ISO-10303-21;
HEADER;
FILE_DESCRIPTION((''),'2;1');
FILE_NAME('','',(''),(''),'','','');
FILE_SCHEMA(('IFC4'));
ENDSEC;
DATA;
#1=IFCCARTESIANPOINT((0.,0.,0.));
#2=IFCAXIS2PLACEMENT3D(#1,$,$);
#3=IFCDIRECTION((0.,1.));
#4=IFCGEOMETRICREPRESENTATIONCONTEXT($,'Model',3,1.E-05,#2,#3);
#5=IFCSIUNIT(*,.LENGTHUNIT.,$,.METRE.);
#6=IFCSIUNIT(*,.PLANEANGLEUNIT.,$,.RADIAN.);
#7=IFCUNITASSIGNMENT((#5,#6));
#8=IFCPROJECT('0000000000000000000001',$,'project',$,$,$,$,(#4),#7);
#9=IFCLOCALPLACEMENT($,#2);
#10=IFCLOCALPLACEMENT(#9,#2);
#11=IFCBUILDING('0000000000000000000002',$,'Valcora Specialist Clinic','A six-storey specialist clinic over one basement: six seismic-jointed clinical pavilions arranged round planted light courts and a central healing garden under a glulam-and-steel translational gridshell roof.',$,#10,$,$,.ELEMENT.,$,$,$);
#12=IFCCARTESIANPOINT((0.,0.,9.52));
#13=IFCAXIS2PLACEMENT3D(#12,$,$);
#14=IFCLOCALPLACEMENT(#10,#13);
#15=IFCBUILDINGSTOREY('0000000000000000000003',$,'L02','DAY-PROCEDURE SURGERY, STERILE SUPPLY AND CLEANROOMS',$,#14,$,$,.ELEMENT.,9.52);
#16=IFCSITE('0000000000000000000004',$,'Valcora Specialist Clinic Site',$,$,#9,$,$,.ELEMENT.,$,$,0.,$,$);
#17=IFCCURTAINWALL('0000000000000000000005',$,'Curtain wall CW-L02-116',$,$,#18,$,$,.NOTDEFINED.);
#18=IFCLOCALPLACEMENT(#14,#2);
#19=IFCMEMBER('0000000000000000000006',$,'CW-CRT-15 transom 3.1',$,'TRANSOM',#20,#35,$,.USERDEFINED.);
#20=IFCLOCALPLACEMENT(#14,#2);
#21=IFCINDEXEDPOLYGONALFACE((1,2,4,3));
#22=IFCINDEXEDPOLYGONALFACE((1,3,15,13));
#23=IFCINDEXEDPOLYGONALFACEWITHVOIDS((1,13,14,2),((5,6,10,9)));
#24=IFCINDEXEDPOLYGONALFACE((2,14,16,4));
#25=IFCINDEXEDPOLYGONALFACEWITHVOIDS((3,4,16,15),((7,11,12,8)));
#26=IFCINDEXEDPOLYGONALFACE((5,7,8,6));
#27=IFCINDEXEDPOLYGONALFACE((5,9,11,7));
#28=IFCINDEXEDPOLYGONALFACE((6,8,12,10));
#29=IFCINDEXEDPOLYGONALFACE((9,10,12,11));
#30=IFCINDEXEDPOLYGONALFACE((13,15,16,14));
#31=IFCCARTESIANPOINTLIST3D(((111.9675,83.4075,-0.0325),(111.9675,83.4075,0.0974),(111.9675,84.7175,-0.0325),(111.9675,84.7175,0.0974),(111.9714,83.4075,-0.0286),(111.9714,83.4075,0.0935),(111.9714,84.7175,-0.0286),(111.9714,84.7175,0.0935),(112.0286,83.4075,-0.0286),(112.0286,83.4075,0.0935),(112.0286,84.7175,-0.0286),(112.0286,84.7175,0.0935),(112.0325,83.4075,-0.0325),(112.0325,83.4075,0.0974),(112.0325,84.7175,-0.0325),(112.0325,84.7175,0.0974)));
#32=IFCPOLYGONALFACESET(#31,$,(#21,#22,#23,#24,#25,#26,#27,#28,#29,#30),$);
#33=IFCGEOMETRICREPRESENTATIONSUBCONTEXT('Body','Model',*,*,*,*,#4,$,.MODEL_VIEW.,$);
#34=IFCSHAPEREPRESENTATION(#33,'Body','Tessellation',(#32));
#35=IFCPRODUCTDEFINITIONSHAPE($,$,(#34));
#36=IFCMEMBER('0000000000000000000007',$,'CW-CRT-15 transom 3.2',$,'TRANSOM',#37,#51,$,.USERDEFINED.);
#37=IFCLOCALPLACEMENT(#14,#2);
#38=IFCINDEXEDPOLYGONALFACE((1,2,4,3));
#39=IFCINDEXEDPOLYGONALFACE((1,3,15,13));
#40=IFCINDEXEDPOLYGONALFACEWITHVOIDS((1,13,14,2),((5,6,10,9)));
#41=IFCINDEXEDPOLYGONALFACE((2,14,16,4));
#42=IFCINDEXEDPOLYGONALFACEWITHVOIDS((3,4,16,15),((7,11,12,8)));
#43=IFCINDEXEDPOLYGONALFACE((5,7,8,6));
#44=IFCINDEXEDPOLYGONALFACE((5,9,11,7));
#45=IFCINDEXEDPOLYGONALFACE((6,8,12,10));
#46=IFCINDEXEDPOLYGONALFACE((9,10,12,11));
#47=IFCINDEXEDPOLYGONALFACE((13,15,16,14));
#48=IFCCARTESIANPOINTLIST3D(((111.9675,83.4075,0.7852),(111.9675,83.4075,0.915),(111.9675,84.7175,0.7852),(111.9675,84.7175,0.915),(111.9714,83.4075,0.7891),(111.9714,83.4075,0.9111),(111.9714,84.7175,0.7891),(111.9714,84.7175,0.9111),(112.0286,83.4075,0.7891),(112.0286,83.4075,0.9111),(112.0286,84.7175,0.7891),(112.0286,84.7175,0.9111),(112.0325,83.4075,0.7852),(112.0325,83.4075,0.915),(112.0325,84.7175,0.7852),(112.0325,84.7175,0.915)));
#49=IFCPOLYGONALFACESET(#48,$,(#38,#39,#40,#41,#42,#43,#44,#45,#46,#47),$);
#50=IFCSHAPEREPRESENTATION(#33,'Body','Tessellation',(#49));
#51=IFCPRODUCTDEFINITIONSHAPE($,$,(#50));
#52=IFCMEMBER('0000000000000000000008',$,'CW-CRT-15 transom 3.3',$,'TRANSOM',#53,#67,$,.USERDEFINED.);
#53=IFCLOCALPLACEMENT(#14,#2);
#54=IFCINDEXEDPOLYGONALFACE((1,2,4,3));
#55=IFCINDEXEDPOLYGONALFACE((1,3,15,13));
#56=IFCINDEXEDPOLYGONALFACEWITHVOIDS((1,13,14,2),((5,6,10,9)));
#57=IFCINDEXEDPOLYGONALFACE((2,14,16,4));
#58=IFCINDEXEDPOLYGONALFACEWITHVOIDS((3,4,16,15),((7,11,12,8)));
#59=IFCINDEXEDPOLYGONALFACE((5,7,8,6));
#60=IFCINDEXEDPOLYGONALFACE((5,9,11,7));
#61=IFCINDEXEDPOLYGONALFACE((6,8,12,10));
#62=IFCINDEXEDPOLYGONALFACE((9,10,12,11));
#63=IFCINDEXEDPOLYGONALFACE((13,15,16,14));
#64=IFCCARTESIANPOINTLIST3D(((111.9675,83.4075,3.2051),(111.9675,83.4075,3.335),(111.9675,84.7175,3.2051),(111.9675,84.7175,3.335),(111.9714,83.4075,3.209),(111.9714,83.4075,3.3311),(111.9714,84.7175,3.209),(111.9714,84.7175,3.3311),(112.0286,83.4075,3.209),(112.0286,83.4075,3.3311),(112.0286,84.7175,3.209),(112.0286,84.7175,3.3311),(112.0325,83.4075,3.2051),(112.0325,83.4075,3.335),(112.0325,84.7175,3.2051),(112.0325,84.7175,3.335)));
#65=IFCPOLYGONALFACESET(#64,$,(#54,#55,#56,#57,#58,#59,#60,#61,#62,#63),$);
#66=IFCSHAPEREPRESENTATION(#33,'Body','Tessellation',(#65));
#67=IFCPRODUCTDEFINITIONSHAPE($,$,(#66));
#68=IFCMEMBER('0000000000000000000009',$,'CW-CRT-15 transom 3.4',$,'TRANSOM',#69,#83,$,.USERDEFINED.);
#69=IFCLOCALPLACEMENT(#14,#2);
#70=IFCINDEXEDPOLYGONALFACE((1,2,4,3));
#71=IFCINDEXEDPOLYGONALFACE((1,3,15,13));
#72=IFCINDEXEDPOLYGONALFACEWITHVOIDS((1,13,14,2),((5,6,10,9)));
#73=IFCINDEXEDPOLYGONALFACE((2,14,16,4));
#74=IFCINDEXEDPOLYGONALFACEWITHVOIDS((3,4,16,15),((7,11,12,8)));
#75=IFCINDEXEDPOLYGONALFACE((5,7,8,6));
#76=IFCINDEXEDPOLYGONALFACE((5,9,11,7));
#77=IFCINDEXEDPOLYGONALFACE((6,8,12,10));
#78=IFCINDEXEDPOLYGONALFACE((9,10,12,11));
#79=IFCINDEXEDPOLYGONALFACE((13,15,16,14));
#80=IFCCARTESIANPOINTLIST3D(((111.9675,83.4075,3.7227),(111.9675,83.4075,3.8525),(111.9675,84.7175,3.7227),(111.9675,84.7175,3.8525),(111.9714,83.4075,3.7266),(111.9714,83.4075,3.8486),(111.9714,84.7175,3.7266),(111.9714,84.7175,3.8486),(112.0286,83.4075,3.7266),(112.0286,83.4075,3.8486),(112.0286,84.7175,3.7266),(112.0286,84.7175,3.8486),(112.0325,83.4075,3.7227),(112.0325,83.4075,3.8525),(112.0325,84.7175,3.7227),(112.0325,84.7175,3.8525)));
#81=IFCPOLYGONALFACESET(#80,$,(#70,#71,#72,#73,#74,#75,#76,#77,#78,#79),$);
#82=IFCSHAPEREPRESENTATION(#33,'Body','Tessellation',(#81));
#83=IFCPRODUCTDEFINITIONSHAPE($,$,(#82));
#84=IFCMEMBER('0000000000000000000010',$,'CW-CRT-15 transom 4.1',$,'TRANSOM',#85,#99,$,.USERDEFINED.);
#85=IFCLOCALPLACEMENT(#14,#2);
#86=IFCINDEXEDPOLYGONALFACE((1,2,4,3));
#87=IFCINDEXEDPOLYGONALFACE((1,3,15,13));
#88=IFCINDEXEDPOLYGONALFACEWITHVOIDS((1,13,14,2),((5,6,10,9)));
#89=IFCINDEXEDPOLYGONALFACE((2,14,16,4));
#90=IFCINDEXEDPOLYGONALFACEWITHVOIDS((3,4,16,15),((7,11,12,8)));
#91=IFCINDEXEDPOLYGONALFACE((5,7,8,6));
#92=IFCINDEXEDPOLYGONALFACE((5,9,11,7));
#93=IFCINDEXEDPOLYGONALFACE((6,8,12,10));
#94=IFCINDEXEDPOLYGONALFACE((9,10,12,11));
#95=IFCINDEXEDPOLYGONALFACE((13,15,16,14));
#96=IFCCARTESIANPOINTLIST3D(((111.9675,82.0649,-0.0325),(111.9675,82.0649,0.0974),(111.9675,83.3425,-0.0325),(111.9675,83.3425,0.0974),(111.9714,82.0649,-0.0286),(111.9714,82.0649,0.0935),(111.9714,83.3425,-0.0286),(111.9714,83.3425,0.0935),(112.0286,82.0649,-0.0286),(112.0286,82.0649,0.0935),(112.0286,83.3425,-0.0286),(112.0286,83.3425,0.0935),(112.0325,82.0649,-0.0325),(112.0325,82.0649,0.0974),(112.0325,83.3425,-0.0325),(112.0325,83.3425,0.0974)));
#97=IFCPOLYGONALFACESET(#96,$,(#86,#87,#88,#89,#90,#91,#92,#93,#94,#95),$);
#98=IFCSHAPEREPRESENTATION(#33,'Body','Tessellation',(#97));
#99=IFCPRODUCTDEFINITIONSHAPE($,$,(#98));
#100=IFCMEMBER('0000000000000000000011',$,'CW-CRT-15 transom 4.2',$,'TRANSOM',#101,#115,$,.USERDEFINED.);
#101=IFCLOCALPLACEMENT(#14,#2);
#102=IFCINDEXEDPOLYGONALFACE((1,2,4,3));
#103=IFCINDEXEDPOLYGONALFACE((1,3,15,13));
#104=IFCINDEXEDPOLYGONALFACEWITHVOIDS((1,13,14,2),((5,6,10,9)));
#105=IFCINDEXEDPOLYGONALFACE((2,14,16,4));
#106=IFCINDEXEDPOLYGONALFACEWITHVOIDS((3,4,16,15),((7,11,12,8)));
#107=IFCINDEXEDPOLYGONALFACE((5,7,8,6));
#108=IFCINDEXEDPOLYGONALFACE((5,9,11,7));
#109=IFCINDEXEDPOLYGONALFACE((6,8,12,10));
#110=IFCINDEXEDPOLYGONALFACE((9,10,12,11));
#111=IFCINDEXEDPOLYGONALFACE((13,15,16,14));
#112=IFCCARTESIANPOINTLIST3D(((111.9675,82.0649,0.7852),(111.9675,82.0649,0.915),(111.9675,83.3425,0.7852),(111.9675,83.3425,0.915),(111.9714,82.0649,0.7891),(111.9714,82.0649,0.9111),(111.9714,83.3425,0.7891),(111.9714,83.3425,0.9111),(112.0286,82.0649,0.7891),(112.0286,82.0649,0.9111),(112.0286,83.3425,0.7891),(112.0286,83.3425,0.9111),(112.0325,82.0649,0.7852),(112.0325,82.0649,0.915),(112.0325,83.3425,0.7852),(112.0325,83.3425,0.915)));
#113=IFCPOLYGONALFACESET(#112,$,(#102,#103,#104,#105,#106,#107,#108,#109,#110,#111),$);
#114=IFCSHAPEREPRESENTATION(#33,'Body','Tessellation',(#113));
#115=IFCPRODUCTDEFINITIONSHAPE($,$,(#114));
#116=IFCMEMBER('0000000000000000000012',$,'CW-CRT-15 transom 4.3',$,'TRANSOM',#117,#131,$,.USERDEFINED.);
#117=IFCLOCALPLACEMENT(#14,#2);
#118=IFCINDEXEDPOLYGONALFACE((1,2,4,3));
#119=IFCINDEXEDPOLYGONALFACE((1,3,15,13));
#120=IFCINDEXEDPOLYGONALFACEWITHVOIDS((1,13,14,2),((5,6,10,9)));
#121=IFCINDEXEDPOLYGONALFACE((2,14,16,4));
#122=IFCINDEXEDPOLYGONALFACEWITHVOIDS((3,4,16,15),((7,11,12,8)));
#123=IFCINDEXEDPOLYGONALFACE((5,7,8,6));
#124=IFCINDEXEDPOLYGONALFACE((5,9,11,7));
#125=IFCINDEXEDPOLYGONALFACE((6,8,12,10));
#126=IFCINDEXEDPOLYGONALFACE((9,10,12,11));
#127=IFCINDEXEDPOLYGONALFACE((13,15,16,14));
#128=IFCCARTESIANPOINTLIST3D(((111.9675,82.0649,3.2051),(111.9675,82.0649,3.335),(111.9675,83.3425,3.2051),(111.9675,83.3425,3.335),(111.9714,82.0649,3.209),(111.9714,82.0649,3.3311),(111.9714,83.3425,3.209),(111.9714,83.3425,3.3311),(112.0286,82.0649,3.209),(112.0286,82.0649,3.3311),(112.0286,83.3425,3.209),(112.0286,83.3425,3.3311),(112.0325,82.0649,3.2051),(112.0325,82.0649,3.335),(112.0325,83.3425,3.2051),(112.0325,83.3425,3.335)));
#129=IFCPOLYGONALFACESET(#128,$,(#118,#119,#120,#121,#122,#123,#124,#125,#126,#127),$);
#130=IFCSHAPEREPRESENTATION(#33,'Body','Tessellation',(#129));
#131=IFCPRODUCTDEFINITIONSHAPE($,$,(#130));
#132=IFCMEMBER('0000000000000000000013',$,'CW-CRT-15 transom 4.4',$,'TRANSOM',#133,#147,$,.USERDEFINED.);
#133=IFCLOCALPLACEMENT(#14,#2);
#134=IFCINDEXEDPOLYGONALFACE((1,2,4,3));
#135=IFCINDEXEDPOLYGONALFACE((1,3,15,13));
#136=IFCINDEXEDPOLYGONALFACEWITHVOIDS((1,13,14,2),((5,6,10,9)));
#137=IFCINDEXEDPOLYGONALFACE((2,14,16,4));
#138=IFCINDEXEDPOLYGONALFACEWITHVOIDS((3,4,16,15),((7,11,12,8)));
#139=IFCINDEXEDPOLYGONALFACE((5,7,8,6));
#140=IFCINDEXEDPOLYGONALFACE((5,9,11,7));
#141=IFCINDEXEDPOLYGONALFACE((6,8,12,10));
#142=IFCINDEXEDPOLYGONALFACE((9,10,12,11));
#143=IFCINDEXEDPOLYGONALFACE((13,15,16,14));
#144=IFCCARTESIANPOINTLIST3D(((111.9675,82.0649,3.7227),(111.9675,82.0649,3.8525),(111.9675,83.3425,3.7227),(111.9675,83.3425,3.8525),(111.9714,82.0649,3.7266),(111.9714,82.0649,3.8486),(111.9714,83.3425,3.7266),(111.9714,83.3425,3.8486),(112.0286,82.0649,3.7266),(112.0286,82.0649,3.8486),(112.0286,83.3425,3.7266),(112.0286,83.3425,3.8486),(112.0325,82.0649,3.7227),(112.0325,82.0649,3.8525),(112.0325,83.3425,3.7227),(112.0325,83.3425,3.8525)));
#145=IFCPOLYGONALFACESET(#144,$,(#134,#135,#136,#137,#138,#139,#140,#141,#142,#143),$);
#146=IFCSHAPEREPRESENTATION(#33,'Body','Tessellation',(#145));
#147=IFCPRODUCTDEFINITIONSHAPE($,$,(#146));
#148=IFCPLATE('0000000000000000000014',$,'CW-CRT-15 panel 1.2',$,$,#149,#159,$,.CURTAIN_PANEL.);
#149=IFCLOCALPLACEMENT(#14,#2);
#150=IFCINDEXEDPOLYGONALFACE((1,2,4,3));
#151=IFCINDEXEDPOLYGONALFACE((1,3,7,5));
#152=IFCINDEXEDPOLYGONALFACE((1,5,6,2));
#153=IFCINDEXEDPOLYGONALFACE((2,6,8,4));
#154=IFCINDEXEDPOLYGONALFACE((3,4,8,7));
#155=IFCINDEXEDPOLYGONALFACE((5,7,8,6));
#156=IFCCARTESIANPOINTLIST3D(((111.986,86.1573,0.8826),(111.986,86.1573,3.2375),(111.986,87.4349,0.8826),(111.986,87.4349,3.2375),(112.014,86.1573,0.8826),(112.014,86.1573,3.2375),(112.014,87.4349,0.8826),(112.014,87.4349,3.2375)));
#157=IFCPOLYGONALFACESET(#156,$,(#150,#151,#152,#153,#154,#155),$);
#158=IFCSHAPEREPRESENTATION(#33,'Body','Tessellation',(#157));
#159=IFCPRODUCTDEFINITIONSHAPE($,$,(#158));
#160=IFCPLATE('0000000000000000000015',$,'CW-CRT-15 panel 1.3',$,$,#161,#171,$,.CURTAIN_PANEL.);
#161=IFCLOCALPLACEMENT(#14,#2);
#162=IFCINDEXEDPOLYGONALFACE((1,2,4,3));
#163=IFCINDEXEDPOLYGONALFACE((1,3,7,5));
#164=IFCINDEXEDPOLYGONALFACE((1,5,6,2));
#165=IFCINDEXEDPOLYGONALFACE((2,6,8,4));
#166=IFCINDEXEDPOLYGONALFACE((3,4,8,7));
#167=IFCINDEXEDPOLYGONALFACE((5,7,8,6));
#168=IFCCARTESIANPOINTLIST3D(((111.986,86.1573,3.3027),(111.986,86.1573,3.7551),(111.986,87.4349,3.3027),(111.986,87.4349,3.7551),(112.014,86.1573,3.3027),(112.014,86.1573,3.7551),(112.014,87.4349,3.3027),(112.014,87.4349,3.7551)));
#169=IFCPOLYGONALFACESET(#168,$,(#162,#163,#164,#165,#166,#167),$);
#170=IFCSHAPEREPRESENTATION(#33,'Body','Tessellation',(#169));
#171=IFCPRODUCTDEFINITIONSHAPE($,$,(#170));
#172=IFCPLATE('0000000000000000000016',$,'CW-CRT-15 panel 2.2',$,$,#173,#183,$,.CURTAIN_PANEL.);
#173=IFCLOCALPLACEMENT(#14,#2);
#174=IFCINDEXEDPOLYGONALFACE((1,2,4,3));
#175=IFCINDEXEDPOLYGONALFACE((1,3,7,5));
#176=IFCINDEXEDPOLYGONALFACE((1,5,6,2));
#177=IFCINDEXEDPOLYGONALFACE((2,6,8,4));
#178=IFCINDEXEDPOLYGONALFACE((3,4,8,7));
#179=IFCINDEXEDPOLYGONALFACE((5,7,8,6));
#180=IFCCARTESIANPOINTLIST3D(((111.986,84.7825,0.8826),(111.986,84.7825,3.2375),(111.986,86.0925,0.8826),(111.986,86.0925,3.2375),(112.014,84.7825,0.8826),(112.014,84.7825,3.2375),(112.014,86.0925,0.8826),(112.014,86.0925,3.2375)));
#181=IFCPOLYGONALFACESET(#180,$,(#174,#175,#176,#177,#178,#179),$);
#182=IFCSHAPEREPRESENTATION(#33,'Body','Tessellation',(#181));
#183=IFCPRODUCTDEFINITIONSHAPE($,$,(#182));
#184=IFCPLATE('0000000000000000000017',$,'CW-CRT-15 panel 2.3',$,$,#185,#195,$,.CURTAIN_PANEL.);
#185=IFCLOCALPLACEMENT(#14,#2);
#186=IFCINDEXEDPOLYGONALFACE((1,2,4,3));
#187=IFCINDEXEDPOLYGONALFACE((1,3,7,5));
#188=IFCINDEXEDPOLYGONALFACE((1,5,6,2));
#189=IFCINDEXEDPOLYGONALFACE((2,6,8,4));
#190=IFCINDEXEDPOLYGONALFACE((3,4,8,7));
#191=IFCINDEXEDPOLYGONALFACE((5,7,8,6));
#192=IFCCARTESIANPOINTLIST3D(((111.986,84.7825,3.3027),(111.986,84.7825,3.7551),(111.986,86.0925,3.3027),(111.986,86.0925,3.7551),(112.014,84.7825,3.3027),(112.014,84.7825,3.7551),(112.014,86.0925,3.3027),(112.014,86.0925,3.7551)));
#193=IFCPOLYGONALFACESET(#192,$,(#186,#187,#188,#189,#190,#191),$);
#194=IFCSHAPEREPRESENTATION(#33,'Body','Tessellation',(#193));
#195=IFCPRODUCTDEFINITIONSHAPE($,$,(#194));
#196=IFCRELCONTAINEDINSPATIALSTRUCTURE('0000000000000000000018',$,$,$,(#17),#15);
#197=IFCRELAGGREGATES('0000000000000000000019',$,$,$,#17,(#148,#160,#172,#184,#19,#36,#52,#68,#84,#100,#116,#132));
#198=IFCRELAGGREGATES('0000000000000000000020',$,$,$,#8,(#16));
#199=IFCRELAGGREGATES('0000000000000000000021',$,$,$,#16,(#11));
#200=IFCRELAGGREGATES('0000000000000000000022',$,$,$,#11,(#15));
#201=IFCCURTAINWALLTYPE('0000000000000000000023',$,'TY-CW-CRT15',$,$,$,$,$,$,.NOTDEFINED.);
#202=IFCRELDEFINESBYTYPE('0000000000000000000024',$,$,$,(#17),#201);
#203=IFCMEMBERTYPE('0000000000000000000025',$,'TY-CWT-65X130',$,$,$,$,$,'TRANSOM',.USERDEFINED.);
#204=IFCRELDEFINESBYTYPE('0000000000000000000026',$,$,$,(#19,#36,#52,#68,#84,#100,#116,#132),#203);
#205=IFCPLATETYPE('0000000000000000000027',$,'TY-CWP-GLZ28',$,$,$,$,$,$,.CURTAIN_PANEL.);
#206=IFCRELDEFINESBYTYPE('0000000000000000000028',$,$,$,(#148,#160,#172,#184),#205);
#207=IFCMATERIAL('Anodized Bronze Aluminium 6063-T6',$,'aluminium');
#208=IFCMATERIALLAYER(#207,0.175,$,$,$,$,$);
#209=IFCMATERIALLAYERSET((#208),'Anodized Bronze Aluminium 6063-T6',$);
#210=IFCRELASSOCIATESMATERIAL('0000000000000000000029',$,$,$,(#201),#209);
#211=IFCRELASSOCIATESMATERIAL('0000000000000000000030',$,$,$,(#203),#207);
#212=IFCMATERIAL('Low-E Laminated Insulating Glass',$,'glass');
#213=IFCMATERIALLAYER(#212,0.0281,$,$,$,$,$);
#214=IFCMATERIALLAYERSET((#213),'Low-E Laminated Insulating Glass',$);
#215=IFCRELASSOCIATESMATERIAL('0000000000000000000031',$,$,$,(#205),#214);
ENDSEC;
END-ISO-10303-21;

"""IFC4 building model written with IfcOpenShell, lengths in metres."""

from ifc_helpers import new_model, si_unit, direction, frame, origin, origin_2d, place, context, subcontext, project, spatial, rectangle, hollow_rectangle, extrude, material, layer, layer_set, material_profile, profile_set, type_object, element, aggregate, save


model = new_model("IFC4")

# Units and contexts
model_context = context("Model", 3, precision=1e-05, world=origin(), true_north=direction((0.0, 1.0)))
body_context = subcontext(model_context, "Body", "Model", "MODEL_VIEW")
ifc_project = project(units=[si_unit("LENGTHUNIT", "METRE"), si_unit("PLANEANGLEUNIT", "RADIAN")], contexts=[model_context])

# Site, building, storey
site_placement = place(None, origin())
site = spatial("IfcSite", under=ifc_project, at=site_placement, Name="Valcora Specialist Clinic Site", CompositionType="ELEMENT", RefElevation=0.0)
building_placement = place(site_placement, origin())
building = spatial("IfcBuilding", under=site, at=building_placement, Name="Valcora Specialist Clinic", Description="A six-storey specialist clinic over one basement: six seismic-jointed clinical pavilions arranged round planted light courts and a central healing garden under a glulam-and-steel translational gridshell roof.", CompositionType="ELEMENT")
storey_placement = place(building_placement, frame((0.0, 0.0, 9.52)))
storey = spatial("IfcBuildingStorey", under=building, at=storey_placement, Name="L02", Description="DAY-PROCEDURE SURGERY, STERILE SUPPLY AND CLEANROOMS", CompositionType="ELEMENT", Elevation=9.52)

# Curtain wall, members, plates
ifc_material_1 = material(Name="Anodized Bronze Aluminium 6063-T6", Category="aluminium")
ifc_layer_1 = layer(ifc_material_1, 0.175)
ifc_layer_set_1 = layer_set([ifc_layer_1], Name="Anodized Bronze Aluminium 6063-T6")
curtain_wall_type = type_object("IfcCurtainWallType", Name="TY-CW-CRT15", PredefinedType="NOTDEFINED", material=ifc_layer_set_1)
curtain_wall_placement = place(storey_placement, origin())
curtain_wall = element("IfcCurtainWall", 1, at=curtain_wall_placement, inside=storey, type_object=curtain_wall_type, Name="Curtain wall CW-L02-116", PredefinedType="NOTDEFINED")
ifc_material_profile_1 = material_profile(ifc_material_1, hollow_rectangle(XDim=0.0649, YDim=0.1299, WallThickness=0.0039, at=origin_2d()), Name="AL-TRN-65X130")
ifc_profile_set_1 = profile_set([ifc_material_profile_1], Name="Anodized Bronze Aluminium 6063-T6")
member_type_1 = type_object("IfcMemberType", Name="TY-CWT-65X130", ElementType="TRANSOM", PredefinedType="USERDEFINED", material=ifc_profile_set_1)
member_1_placement = place(storey_placement, frame((112.0, 84.7175, 0.0325), z_axis=(0.0, -1.0, 0.0), x_axis=(1.0, 0.0, 0.0)))
member_1 = element("IfcMember", 2, at=member_1_placement, type_object=member_type_1, Name="CW-CRT-15 transom 3.1", ObjectType="TRANSOM", PredefinedType="USERDEFINED", context=body_context, shape_type="SweptSolid", body=[
    extrude(hollow_rectangle(XDim=0.0649, YDim=0.1299, WallThickness=0.0039, at=origin_2d()), origin(), (0.0, 0.0, 1.0), 1.3101),
])
member_2_placement = place(storey_placement, frame((112.0, 84.7175, 0.8501), z_axis=(0.0, -1.0, 0.0), x_axis=(1.0, 0.0, 0.0)))
member_2 = element("IfcMember", 3, at=member_2_placement, type_object=member_type_1, Name="CW-CRT-15 transom 3.2", ObjectType="TRANSOM", PredefinedType="USERDEFINED", context=body_context, shape_type="SweptSolid", body=[
    extrude(hollow_rectangle(XDim=0.0649, YDim=0.1299, WallThickness=0.0039, at=origin_2d()), origin(), (0.0, 0.0, 1.0), 1.3101),
])
member_3_placement = place(storey_placement, frame((112.0, 84.7175, 3.27), z_axis=(0.0, -1.0, 0.0), x_axis=(1.0, 0.0, 0.0)))
member_3 = element("IfcMember", 4, at=member_3_placement, type_object=member_type_1, Name="CW-CRT-15 transom 3.3", ObjectType="TRANSOM", PredefinedType="USERDEFINED", context=body_context, shape_type="SweptSolid", body=[
    extrude(hollow_rectangle(XDim=0.0649, YDim=0.1299, WallThickness=0.0039, at=origin_2d()), origin(), (0.0, 0.0, 1.0), 1.3101),
])
member_4_placement = place(storey_placement, frame((112.0, 84.7175, 3.7876), z_axis=(0.0, -1.0, 0.0), x_axis=(1.0, 0.0, 0.0)))
member_4 = element("IfcMember", 5, at=member_4_placement, type_object=member_type_1, Name="CW-CRT-15 transom 3.4", ObjectType="TRANSOM", PredefinedType="USERDEFINED", context=body_context, shape_type="SweptSolid", body=[
    extrude(hollow_rectangle(XDim=0.0649, YDim=0.1299, WallThickness=0.0039, at=origin_2d()), origin(), (0.0, 0.0, 1.0), 1.3101),
])
member_5_placement = place(storey_placement, frame((112.0, 83.3425, 0.0325), z_axis=(0.0, -1.0, 0.0), x_axis=(1.0, 0.0, 0.0)))
member_5 = element("IfcMember", 6, at=member_5_placement, type_object=member_type_1, Name="CW-CRT-15 transom 4.1", ObjectType="TRANSOM", PredefinedType="USERDEFINED", context=body_context, shape_type="SweptSolid", body=[
    extrude(hollow_rectangle(XDim=0.0649, YDim=0.1299, WallThickness=0.0039, at=origin_2d()), origin(), (0.0, 0.0, 1.0), 1.2776),
])
member_6_placement = place(storey_placement, frame((112.0, 83.3425, 0.8501), z_axis=(0.0, -1.0, 0.0), x_axis=(1.0, 0.0, 0.0)))
member_6 = element("IfcMember", 7, at=member_6_placement, type_object=member_type_1, Name="CW-CRT-15 transom 4.2", ObjectType="TRANSOM", PredefinedType="USERDEFINED", context=body_context, shape_type="SweptSolid", body=[
    extrude(hollow_rectangle(XDim=0.0649, YDim=0.1299, WallThickness=0.0039, at=origin_2d()), origin(), (0.0, 0.0, 1.0), 1.2776),
])
member_7_placement = place(storey_placement, frame((112.0, 83.3425, 3.27), z_axis=(0.0, -1.0, 0.0), x_axis=(1.0, 0.0, 0.0)))
member_7 = element("IfcMember", 8, at=member_7_placement, type_object=member_type_1, Name="CW-CRT-15 transom 4.3", ObjectType="TRANSOM", PredefinedType="USERDEFINED", context=body_context, shape_type="SweptSolid", body=[
    extrude(hollow_rectangle(XDim=0.0649, YDim=0.1299, WallThickness=0.0039, at=origin_2d()), origin(), (0.0, 0.0, 1.0), 1.2776),
])
member_8_placement = place(storey_placement, frame((112.0, 83.3425, 3.7876), z_axis=(0.0, -1.0, 0.0), x_axis=(1.0, 0.0, 0.0)))
member_8 = element("IfcMember", 9, at=member_8_placement, type_object=member_type_1, Name="CW-CRT-15 transom 4.4", ObjectType="TRANSOM", PredefinedType="USERDEFINED", context=body_context, shape_type="SweptSolid", body=[
    extrude(hollow_rectangle(XDim=0.0649, YDim=0.1299, WallThickness=0.0039, at=origin_2d()), origin(), (0.0, 0.0, 1.0), 1.2776),
])
ifc_material_2 = material(Name="Low-E Laminated Insulating Glass", Category="glass")
ifc_layer_2 = layer(ifc_material_2, 0.0281)
ifc_layer_set_2 = layer_set([ifc_layer_2], Name="Low-E Laminated Insulating Glass")
plate_type_1 = type_object("IfcPlateType", Name="TY-CWP-GLZ28", PredefinedType="CURTAIN_PANEL", material=ifc_layer_set_2)
plate_1_placement = place(storey_placement, frame((112.0, 86.7961, 0.8826), z_axis=(0.0, 0.0, 1.0), x_axis=(0.0, -1.0, 0.0)))
plate_1 = element("IfcPlate", 10, at=plate_1_placement, type_object=plate_type_1, Name="CW-CRT-15 panel 1.2", PredefinedType="CURTAIN_PANEL", context=body_context, shape_type="SweptSolid", body=[
    extrude(rectangle(XDim=1.2776, YDim=0.0281, at=origin_2d()), origin(), (0.0, 0.0, 1.0), 2.355),
])
plate_2_placement = place(storey_placement, frame((112.0, 86.7961, 3.3027), z_axis=(0.0, 0.0, 1.0), x_axis=(0.0, -1.0, 0.0)))
plate_2 = element("IfcPlate", 11, at=plate_2_placement, type_object=plate_type_1, Name="CW-CRT-15 panel 1.3", PredefinedType="CURTAIN_PANEL", context=body_context, shape_type="SweptSolid", body=[
    extrude(rectangle(XDim=1.2776, YDim=0.0281, at=origin_2d()), origin(), (0.0, 0.0, 1.0), 0.4524),
])
plate_3_placement = place(storey_placement, frame((112.0, 85.4375, 0.8826), z_axis=(0.0, 0.0, 1.0), x_axis=(0.0, -1.0, 0.0)))
plate_3 = element("IfcPlate", 12, at=plate_3_placement, type_object=plate_type_1, Name="CW-CRT-15 panel 2.2", PredefinedType="CURTAIN_PANEL", context=body_context, shape_type="SweptSolid", body=[
    extrude(rectangle(XDim=1.3101, YDim=0.0281, at=origin_2d()), origin(), (0.0, 0.0, 1.0), 2.355),
])
plate_4_placement = place(storey_placement, frame((112.0, 85.4375, 3.3027), z_axis=(0.0, 0.0, 1.0), x_axis=(0.0, -1.0, 0.0)))
plate_4 = element("IfcPlate", 13, at=plate_4_placement, type_object=plate_type_1, Name="CW-CRT-15 panel 2.3", PredefinedType="CURTAIN_PANEL", context=body_context, shape_type="SweptSolid", body=[
    extrude(rectangle(XDim=1.3101, YDim=0.0281, at=origin_2d()), origin(), (0.0, 0.0, 1.0), 0.4524),
])
aggregate(curtain_wall, [plate_1, plate_2, plate_3, plate_4, member_1, member_2, member_3, member_4, member_5, member_6, member_7, member_8])

save(model, "model.ifc")
